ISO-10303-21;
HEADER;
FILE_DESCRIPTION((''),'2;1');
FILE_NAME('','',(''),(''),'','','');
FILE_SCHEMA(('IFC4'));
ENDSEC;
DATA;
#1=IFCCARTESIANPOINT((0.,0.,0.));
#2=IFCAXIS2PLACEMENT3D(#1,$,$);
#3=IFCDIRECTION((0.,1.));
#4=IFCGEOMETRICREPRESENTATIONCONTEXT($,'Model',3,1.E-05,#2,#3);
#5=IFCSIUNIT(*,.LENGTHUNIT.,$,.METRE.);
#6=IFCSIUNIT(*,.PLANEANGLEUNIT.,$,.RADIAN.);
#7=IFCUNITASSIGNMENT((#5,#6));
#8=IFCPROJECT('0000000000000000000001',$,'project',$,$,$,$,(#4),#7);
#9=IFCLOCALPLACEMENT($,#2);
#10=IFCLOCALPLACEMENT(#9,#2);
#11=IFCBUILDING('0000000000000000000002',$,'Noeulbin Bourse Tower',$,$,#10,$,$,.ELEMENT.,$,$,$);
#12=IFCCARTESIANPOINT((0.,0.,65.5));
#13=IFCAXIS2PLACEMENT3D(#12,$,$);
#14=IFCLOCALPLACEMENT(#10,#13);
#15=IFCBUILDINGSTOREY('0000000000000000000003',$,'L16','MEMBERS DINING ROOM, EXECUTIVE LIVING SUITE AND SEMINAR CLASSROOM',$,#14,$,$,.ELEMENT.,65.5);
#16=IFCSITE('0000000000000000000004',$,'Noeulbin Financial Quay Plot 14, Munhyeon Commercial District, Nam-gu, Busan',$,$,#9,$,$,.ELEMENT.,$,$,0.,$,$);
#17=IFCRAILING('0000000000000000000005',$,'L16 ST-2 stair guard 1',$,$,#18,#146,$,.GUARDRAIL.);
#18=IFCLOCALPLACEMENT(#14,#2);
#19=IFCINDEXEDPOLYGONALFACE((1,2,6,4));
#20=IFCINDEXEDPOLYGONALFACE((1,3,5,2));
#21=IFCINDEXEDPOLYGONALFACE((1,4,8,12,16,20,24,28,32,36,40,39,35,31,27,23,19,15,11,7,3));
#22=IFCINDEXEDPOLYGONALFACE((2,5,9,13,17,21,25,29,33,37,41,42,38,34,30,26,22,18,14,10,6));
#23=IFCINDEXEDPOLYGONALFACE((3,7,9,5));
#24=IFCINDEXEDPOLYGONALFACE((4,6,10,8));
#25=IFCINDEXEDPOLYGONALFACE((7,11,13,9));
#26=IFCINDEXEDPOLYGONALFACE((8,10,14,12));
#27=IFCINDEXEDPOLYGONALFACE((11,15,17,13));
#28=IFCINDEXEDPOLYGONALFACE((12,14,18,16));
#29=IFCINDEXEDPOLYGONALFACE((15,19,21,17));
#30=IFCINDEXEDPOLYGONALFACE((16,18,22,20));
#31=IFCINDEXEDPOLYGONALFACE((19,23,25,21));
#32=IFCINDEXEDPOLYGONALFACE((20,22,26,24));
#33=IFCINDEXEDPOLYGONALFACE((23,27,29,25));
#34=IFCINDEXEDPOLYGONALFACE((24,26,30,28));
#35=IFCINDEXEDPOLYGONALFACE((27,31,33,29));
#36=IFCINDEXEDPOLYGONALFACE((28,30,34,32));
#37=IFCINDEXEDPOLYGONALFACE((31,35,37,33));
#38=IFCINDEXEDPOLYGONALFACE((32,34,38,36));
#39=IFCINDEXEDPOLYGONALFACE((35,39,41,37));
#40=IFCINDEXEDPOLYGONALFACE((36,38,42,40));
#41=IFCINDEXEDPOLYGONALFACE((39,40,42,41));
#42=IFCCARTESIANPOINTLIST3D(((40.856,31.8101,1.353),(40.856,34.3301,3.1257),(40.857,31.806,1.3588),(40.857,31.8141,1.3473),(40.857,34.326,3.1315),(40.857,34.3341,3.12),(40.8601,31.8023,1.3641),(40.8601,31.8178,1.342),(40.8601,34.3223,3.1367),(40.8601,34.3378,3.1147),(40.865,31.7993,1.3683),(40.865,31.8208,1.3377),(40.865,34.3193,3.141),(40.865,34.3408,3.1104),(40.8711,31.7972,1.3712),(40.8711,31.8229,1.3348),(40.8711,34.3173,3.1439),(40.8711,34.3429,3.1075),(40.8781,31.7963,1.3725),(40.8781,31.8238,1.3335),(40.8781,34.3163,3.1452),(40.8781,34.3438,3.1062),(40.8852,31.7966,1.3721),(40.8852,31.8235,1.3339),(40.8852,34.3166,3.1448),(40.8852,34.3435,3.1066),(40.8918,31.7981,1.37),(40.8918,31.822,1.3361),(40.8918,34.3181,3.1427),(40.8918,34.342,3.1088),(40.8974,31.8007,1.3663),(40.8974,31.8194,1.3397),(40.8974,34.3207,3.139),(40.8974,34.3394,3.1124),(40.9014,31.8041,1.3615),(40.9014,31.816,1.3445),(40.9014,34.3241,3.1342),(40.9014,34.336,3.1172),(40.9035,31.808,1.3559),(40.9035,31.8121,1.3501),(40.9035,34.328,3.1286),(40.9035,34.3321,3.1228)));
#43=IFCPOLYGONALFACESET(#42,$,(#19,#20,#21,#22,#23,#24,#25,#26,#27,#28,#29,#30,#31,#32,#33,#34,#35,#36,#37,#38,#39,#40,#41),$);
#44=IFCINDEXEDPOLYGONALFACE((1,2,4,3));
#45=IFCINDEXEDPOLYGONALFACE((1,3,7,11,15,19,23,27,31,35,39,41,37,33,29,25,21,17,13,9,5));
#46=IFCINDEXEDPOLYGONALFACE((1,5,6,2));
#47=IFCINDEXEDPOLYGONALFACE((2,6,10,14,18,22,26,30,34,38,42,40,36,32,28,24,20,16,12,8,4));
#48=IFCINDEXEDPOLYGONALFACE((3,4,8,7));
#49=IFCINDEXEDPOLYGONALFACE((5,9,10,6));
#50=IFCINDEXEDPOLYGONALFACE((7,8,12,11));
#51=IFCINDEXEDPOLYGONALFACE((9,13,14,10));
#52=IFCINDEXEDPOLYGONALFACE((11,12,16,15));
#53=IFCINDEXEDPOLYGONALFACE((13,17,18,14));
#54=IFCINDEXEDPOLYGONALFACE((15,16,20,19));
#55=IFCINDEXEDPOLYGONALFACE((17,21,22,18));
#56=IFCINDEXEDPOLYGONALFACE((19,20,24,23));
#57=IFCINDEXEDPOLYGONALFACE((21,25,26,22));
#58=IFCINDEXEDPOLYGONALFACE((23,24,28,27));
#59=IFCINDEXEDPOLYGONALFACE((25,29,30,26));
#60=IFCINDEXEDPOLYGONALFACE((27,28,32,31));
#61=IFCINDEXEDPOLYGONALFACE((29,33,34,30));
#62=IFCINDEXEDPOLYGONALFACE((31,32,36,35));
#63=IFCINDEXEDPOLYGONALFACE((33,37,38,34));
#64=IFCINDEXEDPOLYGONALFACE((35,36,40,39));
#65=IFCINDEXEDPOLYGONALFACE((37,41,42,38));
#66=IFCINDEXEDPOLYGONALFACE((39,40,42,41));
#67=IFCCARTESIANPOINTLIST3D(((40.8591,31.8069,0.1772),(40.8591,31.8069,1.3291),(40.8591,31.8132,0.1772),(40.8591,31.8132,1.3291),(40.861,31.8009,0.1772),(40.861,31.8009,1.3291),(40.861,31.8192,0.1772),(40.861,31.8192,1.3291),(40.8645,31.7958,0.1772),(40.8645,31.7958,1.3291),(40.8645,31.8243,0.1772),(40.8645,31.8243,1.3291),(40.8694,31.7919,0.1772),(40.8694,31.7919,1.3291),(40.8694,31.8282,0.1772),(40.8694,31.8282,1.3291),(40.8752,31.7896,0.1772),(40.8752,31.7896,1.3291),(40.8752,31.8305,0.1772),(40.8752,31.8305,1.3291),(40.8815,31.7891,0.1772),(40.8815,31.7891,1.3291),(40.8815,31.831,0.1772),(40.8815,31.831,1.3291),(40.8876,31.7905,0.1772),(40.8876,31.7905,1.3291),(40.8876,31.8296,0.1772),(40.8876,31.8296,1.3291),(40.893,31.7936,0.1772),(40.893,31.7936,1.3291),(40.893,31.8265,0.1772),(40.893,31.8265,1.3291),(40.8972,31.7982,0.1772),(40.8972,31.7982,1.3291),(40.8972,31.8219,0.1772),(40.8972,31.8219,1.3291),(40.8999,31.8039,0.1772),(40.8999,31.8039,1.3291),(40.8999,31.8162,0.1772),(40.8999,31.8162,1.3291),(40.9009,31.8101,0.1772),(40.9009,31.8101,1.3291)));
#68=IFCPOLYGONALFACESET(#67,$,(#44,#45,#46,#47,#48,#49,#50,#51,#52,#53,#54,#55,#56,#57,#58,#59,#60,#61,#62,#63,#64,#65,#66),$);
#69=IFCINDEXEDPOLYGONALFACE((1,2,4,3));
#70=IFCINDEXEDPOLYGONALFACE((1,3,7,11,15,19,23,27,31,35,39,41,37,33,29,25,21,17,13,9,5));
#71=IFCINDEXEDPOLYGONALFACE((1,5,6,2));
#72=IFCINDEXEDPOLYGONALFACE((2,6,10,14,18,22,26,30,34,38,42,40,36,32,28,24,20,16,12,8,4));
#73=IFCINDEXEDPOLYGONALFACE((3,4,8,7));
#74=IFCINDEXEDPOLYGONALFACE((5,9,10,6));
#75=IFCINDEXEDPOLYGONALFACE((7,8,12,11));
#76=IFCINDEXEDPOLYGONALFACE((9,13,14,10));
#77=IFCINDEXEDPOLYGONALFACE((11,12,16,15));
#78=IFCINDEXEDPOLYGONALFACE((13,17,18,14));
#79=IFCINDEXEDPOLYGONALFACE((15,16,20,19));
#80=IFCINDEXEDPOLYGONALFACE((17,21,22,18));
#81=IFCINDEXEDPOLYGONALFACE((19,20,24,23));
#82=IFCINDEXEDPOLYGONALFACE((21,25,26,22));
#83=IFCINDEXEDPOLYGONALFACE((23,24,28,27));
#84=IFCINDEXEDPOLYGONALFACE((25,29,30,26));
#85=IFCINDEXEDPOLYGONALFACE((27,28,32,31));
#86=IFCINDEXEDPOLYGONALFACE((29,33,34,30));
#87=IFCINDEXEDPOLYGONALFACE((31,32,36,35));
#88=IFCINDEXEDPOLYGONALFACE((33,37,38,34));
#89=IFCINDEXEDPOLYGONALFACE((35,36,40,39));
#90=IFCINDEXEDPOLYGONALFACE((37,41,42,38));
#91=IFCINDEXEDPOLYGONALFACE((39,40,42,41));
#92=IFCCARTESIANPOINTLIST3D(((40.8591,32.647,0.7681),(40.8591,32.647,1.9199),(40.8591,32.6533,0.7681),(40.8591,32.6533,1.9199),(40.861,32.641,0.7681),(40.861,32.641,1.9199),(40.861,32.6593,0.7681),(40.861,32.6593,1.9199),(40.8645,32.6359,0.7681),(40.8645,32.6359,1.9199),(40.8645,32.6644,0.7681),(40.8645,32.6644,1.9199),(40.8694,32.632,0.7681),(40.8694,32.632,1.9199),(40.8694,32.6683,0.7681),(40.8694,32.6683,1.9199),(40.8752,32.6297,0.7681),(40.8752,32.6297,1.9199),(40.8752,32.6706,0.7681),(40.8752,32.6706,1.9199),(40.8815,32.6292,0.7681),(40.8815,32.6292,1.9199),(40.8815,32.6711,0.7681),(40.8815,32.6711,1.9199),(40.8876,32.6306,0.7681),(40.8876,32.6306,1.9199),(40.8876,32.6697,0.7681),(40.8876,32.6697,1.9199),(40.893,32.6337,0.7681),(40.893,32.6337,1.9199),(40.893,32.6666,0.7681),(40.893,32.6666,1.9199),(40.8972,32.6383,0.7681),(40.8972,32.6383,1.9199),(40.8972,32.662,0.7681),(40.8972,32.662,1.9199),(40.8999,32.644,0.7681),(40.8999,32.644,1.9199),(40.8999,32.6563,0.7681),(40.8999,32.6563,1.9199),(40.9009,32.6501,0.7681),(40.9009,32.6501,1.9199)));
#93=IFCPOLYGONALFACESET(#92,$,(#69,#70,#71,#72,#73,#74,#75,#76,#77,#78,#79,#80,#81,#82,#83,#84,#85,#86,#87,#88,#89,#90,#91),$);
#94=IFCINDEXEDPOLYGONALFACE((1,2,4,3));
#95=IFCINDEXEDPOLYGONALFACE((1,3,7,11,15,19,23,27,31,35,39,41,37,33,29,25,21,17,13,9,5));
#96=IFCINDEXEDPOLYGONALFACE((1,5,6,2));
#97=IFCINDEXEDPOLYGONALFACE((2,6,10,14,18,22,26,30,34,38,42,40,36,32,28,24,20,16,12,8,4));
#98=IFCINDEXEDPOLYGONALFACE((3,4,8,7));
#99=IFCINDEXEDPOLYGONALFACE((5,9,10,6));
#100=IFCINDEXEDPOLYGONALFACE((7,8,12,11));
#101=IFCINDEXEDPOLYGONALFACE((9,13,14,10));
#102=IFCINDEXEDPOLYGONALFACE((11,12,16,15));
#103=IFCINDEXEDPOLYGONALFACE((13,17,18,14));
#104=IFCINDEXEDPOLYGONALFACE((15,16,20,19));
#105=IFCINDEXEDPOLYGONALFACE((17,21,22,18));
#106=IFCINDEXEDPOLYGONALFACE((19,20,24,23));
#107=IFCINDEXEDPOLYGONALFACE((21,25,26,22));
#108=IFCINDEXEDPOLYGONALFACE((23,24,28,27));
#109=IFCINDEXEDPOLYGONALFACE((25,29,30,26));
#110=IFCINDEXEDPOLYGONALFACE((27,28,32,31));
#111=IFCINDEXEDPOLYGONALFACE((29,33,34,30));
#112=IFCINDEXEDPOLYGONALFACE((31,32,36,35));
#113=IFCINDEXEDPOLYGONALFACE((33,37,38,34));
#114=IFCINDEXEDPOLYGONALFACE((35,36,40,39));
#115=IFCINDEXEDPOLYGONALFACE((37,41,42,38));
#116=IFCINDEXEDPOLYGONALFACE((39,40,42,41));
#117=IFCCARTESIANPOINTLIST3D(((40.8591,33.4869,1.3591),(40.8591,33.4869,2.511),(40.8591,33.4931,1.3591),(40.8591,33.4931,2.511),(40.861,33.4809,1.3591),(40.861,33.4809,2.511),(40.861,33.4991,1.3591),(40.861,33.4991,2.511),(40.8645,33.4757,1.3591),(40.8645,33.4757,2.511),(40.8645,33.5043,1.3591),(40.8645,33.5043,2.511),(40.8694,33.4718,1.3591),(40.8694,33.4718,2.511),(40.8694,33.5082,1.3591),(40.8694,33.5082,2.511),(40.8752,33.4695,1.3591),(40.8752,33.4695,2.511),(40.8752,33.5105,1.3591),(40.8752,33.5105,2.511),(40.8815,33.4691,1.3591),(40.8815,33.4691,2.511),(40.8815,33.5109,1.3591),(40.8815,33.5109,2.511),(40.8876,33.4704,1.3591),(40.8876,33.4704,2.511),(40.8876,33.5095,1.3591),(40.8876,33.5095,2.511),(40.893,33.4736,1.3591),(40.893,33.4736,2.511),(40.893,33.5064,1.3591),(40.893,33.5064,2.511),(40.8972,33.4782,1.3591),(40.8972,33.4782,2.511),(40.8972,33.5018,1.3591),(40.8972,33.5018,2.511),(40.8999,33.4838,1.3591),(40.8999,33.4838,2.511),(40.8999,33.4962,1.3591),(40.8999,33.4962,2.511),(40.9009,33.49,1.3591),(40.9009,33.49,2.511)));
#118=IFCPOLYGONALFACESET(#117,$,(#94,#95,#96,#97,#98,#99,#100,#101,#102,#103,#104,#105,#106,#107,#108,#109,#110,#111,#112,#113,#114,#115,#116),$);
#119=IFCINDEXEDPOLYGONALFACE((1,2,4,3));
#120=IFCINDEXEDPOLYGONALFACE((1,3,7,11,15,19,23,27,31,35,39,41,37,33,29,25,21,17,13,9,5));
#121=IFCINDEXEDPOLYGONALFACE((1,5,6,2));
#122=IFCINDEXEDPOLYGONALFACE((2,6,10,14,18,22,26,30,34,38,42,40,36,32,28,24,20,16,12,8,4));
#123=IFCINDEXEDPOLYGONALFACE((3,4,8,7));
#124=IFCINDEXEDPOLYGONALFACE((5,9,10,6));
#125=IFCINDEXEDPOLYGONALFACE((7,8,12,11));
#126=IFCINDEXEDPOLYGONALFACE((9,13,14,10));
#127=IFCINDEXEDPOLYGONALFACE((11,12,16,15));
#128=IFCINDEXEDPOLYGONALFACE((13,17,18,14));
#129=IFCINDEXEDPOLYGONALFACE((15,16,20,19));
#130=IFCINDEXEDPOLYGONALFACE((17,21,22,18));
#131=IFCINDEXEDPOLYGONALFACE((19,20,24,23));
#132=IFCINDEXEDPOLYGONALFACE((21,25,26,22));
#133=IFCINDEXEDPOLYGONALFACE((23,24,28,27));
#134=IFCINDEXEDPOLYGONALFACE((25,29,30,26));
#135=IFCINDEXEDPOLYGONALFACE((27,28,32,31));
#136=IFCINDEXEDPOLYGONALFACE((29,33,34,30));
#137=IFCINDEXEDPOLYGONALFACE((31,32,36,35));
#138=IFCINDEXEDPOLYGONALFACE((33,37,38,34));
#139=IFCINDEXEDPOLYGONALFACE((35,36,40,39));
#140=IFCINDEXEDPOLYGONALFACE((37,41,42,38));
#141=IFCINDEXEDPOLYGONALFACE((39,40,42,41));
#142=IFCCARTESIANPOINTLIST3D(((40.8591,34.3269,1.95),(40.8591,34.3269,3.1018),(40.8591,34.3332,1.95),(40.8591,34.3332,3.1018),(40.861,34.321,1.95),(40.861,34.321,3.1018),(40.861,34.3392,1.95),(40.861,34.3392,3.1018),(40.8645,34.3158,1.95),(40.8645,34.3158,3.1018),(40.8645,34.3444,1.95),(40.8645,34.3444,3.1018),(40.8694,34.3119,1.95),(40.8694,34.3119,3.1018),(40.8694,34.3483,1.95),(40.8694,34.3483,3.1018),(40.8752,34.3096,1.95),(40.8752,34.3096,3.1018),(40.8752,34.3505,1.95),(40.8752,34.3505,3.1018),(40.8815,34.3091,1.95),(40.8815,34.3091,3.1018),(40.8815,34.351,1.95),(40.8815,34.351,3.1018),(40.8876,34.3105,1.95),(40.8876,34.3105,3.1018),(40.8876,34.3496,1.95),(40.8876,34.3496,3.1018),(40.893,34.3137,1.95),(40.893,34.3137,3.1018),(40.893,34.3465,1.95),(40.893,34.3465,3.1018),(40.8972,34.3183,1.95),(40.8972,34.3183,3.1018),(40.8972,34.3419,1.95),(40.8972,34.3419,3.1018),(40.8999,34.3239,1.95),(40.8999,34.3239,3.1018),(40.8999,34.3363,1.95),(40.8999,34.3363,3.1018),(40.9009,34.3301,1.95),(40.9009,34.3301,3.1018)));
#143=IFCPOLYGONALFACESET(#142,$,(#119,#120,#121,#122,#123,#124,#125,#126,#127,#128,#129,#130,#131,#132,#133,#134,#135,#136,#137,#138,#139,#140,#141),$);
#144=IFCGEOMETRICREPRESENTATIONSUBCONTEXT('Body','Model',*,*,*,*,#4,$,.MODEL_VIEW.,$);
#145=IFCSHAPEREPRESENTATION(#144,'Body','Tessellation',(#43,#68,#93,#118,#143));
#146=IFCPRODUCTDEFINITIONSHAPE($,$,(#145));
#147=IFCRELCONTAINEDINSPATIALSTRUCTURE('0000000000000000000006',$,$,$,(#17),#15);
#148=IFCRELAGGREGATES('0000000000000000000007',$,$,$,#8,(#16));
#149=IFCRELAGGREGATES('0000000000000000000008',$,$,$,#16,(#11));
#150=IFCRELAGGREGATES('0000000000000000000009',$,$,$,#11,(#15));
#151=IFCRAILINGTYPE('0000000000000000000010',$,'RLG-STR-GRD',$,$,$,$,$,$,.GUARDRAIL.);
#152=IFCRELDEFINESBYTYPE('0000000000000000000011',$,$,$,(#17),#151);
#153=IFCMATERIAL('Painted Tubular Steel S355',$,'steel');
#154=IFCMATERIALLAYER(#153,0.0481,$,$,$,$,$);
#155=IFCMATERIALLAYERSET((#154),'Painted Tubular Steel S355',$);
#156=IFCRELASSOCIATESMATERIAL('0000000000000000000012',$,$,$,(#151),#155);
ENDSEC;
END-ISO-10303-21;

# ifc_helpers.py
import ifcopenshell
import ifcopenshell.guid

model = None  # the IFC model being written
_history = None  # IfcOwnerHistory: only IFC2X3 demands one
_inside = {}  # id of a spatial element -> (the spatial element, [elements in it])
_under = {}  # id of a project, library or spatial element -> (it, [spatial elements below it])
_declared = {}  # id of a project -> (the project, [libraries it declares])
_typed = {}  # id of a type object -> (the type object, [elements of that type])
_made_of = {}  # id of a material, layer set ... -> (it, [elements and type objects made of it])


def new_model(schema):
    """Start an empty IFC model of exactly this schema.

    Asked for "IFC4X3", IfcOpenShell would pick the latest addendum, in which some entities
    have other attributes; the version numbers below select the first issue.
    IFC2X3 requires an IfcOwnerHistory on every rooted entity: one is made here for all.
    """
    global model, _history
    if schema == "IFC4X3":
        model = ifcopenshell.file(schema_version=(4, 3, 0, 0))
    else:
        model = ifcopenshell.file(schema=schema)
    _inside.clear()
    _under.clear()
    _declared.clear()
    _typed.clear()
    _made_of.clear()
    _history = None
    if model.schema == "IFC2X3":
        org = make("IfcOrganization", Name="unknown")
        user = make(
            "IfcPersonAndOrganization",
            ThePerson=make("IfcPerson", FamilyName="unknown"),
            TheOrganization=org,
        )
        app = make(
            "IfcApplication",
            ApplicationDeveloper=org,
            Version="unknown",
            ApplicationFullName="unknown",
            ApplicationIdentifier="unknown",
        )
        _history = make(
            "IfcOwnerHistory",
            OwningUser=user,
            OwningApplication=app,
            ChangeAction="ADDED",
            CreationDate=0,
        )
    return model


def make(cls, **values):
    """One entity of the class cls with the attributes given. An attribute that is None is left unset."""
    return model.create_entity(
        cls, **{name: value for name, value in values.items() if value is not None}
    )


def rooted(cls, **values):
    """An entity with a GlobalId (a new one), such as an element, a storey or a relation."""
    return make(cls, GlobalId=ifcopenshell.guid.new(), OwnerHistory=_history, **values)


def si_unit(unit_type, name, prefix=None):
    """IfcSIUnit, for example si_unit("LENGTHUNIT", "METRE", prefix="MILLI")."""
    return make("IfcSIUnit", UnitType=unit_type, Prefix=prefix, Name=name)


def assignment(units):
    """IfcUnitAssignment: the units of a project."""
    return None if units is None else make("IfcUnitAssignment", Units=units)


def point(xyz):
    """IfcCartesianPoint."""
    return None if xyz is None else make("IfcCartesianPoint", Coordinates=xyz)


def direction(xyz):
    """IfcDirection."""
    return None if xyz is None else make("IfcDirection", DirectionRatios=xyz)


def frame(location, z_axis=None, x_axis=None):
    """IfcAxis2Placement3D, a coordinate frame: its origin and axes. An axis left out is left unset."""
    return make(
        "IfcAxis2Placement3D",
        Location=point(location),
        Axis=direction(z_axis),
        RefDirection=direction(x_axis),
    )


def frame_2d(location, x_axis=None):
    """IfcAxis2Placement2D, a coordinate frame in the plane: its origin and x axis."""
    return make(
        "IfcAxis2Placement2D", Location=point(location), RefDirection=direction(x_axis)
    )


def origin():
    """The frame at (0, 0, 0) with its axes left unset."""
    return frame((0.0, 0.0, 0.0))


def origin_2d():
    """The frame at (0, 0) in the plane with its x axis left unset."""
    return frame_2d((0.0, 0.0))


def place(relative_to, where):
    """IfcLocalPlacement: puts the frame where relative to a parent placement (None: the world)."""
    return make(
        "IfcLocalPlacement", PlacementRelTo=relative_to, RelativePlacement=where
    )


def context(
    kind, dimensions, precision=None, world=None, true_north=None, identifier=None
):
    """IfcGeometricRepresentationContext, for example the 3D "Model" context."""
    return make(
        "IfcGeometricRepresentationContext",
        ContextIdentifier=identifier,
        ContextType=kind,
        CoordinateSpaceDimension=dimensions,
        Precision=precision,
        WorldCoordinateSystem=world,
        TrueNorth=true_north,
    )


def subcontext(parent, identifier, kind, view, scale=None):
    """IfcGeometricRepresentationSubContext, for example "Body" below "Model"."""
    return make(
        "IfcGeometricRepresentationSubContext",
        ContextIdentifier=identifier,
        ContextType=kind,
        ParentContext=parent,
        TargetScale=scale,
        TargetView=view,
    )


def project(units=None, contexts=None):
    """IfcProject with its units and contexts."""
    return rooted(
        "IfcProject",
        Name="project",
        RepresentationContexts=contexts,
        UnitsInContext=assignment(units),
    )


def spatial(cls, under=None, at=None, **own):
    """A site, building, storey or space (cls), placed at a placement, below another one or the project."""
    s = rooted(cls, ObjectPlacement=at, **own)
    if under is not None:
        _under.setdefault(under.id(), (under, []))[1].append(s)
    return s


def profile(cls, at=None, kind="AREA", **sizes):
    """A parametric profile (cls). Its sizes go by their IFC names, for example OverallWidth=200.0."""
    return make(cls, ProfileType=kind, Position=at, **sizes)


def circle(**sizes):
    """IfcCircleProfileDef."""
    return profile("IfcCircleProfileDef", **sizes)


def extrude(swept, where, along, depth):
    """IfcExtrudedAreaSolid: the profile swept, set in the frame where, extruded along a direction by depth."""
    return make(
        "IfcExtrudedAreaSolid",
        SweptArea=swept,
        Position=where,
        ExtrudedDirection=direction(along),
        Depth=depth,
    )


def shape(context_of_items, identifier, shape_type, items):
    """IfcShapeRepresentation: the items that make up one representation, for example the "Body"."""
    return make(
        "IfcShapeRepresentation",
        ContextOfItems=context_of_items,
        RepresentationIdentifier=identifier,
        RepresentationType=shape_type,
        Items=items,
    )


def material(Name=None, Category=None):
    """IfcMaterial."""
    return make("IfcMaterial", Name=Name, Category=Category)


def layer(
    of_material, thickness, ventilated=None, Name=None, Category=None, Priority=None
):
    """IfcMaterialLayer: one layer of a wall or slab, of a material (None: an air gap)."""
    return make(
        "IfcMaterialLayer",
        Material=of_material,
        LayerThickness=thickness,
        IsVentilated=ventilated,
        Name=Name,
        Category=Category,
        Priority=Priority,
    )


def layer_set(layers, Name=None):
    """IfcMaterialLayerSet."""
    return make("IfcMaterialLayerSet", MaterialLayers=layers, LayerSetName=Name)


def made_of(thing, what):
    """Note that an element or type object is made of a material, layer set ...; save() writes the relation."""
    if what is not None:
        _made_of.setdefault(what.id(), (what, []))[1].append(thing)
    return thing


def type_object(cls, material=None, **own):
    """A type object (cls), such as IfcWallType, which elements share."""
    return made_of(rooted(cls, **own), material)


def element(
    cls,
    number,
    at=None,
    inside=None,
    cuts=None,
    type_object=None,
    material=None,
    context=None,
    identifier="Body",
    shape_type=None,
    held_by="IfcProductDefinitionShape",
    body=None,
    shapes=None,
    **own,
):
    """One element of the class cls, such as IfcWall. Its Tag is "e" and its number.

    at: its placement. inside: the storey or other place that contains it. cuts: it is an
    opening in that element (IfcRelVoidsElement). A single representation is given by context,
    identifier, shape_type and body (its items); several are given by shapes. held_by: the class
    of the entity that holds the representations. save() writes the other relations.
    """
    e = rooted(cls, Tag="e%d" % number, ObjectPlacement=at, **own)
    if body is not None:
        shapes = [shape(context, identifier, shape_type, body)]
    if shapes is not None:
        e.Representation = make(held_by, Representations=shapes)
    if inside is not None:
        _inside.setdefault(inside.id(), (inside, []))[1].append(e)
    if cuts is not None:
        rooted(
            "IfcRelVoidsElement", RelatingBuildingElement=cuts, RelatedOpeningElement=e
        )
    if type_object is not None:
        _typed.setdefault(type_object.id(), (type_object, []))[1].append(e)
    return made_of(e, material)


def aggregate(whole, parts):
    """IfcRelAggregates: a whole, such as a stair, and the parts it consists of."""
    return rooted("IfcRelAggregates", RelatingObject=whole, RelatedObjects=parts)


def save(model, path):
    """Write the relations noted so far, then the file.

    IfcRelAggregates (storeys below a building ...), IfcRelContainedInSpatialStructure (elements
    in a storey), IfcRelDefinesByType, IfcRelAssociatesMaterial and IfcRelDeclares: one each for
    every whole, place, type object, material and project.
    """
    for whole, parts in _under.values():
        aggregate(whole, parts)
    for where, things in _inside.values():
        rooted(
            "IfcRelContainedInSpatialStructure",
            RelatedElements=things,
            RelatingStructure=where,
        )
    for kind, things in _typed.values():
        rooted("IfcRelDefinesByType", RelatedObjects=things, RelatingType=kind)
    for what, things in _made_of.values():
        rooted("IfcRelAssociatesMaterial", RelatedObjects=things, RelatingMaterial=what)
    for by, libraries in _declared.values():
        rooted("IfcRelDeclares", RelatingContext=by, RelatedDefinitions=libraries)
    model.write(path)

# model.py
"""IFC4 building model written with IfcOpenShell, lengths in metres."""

from ifc_helpers import new_model, si_unit, direction, frame, origin, origin_2d, place, context, subcontext, project, spatial, circle, extrude, material, layer, layer_set, type_object, element, save


model = new_model("IFC4")

# Units and contexts
model_context = context("Model", 3, precision=1e-05, world=origin(), true_north=direction((0.0, 1.0)))
body_context = subcontext(model_context, "Body", "Model", "MODEL_VIEW")
ifc_project = project(units=[si_unit("LENGTHUNIT", "METRE"), si_unit("PLANEANGLEUNIT", "RADIAN")], contexts=[model_context])

# Site, building, storey
site_placement = place(None, origin())
site = spatial("IfcSite", under=ifc_project, at=site_placement, Name="Noeulbin Financial Quay Plot 14, Munhyeon Commercial District, Nam-gu, Busan", CompositionType="ELEMENT", RefElevation=0.0)
building_placement = place(site_placement, origin())
building = spatial("IfcBuilding", under=site, at=building_placement, Name="Noeulbin Bourse Tower", CompositionType="ELEMENT")
storey_placement = place(building_placement, frame((0.0, 0.0, 65.5)))
storey = spatial("IfcBuildingStorey", under=building, at=storey_placement, Name="L16", Description="MEMBERS DINING ROOM, EXECUTIVE LIVING SUITE AND SEMINAR CLASSROOM", CompositionType="ELEMENT", Elevation=65.5)

# Railing
ifc_material_1 = material(Name="Painted Tubular Steel S355", Category="steel")
ifc_layer_1 = layer(ifc_material_1, 0.0481)
ifc_layer_set_1 = layer_set([ifc_layer_1], Name="Painted Tubular Steel S355")
railing_type_1 = type_object("IfcRailingType", Name="RLG-STR-GRD", PredefinedType="GUARDRAIL", material=ifc_layer_set_1)
railing_1_placement = place(storey_placement, frame((40.8799, 31.8101, 0.1772)))
element("IfcRailing", 1, at=railing_1_placement, inside=storey, type_object=railing_type_1, Name="L16 ST-2 stair guard 1", PredefinedType="GUARDRAIL", context=body_context, shape_type="SweptSolid", body=[
    extrude(circle(Radius=0.0239, at=origin_2d()), frame((0.0, 0.0, 1.1758), z_axis=(0.0, 0.817904, 0.575354), x_axis=(-1.0, 0.0, 0.0)), (0.0, 0.0, 1.0), 3.0811),
    extrude(circle(Radius=0.021, at=origin_2d()), origin(), (0.0, 0.0, 1.0), 1.1519),
    extrude(circle(Radius=0.021, at=origin_2d()), frame((0.0, 0.8401, 0.5908)), (0.0, 0.0, 1.0), 1.1519),
    extrude(circle(Radius=0.021, at=origin_2d()), frame((0.0, 1.6799, 1.1819)), (0.0, 0.0, 1.0), 1.1519),
    extrude(circle(Radius=0.021, at=origin_2d()), frame((0.0, 2.52, 1.7727)), (0.0, 0.0, 1.0), 1.1519),
])

save(model, "model.ifc")
